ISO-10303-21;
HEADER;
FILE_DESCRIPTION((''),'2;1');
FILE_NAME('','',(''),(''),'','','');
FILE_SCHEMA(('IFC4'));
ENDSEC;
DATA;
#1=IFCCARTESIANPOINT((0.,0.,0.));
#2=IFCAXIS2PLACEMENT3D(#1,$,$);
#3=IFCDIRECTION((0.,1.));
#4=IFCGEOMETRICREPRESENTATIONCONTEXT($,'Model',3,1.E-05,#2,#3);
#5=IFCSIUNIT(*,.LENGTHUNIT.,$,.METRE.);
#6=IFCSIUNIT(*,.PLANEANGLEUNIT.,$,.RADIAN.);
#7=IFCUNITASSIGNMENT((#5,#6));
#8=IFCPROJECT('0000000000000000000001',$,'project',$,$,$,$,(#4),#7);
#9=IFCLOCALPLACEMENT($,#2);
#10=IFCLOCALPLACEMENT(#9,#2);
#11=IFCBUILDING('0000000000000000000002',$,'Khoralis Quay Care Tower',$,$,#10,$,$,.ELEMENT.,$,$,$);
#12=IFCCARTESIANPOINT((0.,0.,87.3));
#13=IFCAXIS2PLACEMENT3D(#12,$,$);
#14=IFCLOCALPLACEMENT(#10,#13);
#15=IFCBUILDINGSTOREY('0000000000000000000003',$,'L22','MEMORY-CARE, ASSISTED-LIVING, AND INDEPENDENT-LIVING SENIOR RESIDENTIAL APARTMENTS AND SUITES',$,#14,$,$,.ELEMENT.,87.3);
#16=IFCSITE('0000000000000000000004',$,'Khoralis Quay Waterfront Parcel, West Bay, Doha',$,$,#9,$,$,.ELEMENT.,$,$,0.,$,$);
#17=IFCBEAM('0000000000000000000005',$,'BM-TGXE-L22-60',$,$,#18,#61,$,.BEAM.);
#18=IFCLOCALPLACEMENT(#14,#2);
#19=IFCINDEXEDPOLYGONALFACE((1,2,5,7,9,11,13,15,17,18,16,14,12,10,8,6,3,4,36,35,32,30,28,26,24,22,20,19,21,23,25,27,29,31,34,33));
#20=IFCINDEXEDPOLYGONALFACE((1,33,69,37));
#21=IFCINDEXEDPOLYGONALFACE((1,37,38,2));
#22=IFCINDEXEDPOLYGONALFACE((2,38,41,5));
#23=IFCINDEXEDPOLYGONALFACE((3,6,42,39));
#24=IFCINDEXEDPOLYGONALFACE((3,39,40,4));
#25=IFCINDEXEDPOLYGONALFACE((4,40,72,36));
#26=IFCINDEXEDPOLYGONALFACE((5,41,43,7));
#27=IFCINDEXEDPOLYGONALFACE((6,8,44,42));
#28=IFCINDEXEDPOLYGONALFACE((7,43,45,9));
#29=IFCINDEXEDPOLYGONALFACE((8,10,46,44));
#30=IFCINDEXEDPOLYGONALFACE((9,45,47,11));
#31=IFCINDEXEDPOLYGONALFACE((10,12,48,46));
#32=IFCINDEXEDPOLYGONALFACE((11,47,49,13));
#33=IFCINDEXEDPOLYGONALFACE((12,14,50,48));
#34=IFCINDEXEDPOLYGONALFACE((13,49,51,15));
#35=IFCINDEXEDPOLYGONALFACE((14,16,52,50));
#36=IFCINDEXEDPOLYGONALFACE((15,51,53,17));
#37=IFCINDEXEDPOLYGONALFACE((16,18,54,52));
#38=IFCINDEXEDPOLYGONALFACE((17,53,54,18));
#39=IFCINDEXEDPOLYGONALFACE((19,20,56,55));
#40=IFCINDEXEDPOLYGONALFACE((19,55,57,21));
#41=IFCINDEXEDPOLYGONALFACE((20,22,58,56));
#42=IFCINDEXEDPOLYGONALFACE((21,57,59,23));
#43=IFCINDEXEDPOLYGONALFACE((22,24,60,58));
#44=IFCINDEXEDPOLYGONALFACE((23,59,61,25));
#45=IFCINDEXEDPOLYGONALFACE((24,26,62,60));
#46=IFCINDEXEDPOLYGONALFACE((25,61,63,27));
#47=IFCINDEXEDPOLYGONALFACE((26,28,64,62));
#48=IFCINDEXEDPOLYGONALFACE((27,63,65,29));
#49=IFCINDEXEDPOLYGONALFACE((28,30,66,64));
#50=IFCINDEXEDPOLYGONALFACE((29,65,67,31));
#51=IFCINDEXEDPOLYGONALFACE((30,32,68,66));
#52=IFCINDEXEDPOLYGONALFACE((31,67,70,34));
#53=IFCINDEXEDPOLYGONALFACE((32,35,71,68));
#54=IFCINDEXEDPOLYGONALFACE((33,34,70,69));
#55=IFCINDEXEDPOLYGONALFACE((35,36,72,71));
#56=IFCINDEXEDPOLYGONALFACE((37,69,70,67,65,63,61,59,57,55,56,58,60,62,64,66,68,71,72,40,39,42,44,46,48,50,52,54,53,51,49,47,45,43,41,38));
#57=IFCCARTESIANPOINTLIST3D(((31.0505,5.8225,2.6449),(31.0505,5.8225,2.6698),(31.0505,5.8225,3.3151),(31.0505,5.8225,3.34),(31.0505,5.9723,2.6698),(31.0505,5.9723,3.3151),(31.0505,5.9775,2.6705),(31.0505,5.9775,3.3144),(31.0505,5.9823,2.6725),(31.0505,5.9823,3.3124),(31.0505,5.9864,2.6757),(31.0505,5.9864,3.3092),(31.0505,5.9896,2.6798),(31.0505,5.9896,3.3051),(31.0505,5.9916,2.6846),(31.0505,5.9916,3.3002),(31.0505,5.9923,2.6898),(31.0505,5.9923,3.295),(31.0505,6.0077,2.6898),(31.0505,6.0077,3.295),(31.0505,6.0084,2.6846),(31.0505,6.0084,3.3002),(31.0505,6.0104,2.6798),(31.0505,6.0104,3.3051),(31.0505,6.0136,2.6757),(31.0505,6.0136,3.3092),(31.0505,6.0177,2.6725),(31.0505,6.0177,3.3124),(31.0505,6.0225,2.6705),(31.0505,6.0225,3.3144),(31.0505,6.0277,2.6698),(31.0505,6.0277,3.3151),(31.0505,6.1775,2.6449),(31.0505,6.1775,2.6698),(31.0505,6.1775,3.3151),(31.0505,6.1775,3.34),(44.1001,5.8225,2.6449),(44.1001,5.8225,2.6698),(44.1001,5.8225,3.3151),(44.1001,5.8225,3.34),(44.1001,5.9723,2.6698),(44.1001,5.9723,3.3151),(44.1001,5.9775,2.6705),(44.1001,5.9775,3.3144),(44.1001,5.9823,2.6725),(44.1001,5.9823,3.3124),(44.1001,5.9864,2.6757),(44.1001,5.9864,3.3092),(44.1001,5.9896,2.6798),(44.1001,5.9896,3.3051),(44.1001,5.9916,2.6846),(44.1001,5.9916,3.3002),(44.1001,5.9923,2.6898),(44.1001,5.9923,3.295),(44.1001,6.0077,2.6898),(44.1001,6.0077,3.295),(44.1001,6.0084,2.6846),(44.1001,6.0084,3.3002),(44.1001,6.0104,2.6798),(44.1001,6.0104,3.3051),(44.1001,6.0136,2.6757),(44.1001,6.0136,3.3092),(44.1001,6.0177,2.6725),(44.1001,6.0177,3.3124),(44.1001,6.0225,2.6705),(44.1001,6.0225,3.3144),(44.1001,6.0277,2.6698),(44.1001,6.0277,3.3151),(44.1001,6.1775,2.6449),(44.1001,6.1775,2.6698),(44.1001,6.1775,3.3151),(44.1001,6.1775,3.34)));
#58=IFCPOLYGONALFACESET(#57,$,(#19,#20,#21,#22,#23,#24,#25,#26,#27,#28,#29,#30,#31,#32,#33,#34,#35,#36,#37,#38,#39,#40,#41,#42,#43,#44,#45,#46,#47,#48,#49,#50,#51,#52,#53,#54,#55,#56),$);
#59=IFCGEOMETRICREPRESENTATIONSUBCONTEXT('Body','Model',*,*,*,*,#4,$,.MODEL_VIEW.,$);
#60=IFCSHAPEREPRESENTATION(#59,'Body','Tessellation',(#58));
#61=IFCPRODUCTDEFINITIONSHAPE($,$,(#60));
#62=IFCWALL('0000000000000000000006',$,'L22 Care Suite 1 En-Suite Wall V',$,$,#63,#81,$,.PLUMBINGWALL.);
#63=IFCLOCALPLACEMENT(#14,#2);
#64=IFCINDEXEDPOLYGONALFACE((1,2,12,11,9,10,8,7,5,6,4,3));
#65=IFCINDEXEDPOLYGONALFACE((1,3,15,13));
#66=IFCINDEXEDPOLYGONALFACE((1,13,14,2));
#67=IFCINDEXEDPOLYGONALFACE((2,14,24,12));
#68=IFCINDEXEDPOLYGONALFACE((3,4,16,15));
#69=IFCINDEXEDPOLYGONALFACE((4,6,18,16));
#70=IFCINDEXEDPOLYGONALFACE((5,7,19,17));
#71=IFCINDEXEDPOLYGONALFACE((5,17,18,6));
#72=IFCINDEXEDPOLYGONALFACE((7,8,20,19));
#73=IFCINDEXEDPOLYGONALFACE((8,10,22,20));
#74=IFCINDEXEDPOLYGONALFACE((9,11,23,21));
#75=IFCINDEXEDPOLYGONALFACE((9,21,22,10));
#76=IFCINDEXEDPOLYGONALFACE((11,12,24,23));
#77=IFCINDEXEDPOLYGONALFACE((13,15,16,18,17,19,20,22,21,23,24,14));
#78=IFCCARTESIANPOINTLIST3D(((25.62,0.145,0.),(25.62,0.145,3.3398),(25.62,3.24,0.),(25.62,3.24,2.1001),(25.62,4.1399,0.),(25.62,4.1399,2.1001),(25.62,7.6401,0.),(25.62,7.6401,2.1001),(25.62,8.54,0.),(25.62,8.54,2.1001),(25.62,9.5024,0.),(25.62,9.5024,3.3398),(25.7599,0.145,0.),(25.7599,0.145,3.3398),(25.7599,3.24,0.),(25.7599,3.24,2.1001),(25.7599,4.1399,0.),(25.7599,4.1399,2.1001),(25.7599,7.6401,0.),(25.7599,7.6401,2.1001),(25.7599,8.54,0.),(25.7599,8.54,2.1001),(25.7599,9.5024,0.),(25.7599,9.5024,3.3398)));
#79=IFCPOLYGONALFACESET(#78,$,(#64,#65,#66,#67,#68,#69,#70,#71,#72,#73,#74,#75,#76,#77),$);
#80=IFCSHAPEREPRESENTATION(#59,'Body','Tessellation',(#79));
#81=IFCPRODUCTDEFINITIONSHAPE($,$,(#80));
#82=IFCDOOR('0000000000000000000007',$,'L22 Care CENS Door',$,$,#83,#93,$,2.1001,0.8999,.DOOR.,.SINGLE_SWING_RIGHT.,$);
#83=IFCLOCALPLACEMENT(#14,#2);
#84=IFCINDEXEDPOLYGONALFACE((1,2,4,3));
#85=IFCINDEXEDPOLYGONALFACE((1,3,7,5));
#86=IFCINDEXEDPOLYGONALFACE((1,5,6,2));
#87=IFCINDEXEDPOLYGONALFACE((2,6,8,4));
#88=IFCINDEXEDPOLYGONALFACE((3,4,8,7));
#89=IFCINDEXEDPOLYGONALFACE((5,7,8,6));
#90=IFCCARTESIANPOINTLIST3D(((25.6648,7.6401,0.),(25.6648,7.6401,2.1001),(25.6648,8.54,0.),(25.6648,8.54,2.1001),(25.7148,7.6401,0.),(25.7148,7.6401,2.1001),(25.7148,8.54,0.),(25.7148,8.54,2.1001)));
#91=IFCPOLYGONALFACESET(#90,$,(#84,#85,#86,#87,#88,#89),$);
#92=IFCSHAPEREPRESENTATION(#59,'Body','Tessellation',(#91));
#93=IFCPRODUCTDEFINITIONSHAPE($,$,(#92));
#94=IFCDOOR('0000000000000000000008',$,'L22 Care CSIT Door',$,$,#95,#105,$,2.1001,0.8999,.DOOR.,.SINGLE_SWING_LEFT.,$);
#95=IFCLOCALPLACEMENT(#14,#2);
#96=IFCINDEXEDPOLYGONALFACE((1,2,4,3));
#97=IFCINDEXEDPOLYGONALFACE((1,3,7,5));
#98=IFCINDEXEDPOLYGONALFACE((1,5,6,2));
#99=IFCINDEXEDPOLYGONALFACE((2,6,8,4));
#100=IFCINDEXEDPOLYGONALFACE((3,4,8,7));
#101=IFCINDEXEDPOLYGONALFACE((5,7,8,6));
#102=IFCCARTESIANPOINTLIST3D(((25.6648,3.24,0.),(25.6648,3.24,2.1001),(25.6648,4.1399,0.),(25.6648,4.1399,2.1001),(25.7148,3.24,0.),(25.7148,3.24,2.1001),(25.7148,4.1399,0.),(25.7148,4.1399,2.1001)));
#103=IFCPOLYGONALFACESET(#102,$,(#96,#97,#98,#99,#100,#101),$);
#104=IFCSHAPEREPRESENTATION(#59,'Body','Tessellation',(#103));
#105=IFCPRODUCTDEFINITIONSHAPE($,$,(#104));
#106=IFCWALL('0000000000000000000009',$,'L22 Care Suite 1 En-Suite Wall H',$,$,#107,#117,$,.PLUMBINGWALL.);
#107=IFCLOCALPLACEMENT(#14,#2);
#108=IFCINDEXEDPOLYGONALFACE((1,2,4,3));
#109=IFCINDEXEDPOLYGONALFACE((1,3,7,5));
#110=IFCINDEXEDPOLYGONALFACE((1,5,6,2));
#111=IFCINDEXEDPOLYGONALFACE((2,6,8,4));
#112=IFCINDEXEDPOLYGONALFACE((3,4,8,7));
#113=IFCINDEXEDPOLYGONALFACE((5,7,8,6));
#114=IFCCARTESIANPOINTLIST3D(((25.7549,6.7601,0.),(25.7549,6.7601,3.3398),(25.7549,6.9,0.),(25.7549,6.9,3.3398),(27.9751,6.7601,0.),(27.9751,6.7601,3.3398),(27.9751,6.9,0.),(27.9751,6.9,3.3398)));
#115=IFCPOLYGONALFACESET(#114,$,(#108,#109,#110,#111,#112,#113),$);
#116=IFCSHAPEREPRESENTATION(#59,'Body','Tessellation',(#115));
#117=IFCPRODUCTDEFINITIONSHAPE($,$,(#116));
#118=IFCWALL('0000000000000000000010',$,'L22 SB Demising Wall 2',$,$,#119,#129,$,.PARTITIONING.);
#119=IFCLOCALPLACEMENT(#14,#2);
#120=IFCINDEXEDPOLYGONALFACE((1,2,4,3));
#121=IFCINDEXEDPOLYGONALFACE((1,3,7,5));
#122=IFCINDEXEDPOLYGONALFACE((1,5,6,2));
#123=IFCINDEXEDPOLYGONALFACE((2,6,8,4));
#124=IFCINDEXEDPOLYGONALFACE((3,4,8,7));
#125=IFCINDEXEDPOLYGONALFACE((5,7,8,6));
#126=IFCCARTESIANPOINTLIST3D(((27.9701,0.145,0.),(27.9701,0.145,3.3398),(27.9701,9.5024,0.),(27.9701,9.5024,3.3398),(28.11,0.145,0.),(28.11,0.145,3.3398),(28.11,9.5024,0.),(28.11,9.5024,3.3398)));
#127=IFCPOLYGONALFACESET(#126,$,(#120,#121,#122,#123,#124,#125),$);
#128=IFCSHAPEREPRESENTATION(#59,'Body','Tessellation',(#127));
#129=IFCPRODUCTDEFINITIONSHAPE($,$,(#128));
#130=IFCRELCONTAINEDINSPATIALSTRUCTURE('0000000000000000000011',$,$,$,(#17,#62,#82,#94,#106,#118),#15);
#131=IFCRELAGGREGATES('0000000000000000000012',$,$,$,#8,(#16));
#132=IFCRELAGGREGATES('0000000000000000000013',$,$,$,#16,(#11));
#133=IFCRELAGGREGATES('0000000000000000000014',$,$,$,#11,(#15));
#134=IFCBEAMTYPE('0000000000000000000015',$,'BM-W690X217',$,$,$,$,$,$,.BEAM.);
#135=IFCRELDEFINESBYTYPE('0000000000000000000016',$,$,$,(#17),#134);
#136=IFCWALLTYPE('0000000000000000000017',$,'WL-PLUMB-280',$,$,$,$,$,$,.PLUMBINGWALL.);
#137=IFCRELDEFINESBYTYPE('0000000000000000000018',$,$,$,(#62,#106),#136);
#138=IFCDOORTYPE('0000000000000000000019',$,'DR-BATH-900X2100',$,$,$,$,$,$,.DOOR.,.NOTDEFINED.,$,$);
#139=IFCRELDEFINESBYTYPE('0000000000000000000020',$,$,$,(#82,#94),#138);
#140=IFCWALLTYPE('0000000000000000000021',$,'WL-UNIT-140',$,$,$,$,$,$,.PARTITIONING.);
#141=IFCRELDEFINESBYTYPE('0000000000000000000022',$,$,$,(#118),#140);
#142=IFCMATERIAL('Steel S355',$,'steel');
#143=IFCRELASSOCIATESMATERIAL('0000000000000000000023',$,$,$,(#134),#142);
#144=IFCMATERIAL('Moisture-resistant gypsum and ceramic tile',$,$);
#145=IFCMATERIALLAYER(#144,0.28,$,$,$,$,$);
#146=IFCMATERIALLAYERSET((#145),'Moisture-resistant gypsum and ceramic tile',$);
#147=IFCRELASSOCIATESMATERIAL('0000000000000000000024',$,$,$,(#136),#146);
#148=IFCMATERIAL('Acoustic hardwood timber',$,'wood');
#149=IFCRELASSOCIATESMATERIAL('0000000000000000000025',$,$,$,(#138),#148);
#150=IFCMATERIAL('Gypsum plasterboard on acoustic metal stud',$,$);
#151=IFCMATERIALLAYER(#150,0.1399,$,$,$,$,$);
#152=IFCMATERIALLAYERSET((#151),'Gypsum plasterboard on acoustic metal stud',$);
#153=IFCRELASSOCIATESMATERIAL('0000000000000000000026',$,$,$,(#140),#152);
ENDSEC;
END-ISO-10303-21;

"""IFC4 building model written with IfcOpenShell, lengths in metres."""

from ifc_helpers import new_model, si_unit, direction, frame, frame_2d, origin, origin_2d, place, context, subcontext, project, spatial, rectangle, i_section, extrude, source, transform, mapped, material, layer, layer_set, material_profile, profile_set, type_object, element, fill, save


model = new_model("IFC4")

# Units and contexts
model_context = context("Model", 3, precision=1e-05, world=origin(), true_north=direction((0.0, 1.0)))
body_context = subcontext(model_context, "Body", "Model", "MODEL_VIEW")
ifc_project = project(units=[si_unit("LENGTHUNIT", "METRE"), si_unit("PLANEANGLEUNIT", "RADIAN")], contexts=[model_context])

# Site, building, storey
site_placement = place(None, origin())
site = spatial("IfcSite", under=ifc_project, at=site_placement, Name="Khoralis Quay Waterfront Parcel, West Bay, Doha", CompositionType="ELEMENT", RefElevation=0.0)
building_placement = place(site_placement, origin())
building = spatial("IfcBuilding", under=site, at=building_placement, Name="Khoralis Quay Care Tower", CompositionType="ELEMENT")
storey_placement = place(building_placement, frame((0.0, 0.0, 87.3)))
storey = spatial("IfcBuildingStorey", under=building, at=storey_placement, Name="L22", Description="MEMORY-CARE, ASSISTED-LIVING, AND INDEPENDENT-LIVING SENIOR RESIDENTIAL APARTMENTS AND SUITES", CompositionType="ELEMENT", Elevation=87.3)

# Beam
ifc_material_1 = material(Name="Steel S355", Category="steel")
ifc_material_profile_1 = material_profile(ifc_material_1, i_section(OverallWidth=0.355, OverallDepth=0.6951, WebThickness=0.0154, FlangeThickness=0.0249, FilletRadius=0.02, at=origin_2d()), Name="Steel S355")
ifc_profile_set_1 = profile_set([ifc_material_profile_1], Name="Steel S355")
beam_type_1 = type_object("IfcBeamType", Name="BM-W690X217", PredefinedType="BEAM", material=ifc_profile_set_1)
shared_shape_1 = source(origin(), body_context, "Body", "SweptSolid", [
    extrude(i_section(OverallWidth=0.355, OverallDepth=0.6951, WebThickness=0.0154, FlangeThickness=0.0249, FilletRadius=0.02, at=origin_2d()), origin(), (0.0, 0.0, 1.0), 13.0496),
])
beam_1_placement = place(storey_placement, frame((31.0505, 6.0, 2.9924), z_axis=(1.0, 0.0, 0.0), x_axis=(0.0, 1.0, 0.0)))
element("IfcBeam", 1, at=beam_1_placement, inside=storey, type_object=beam_type_1, Name="BM-TGXE-L22-60", PredefinedType="BEAM", context=body_context, shape_type="MappedRepresentation", body=[
    mapped(shared_shape_1, transform((0.0, 0.0, 0.0), scale=1.0)),
])

# Wall, openings, doors
ifc_material_2 = material(Name="Moisture-resistant gypsum and ceramic tile")
ifc_layer_1 = layer(ifc_material_2, 0.28)
ifc_layer_set_1 = layer_set([ifc_layer_1], Name="Moisture-resistant gypsum and ceramic tile")
wall_type_1 = type_object("IfcWallType", Name="WL-PLUMB-280", PredefinedType="PLUMBINGWALL", material=ifc_layer_set_1)
wall_1_placement = place(storey_placement, frame((25.6899, 0.145, 0.0), z_axis=(0.0, 0.0, 1.0), x_axis=(0.0, 1.0, 0.0)))
wall_1 = element("IfcWall", 2, at=wall_1_placement, inside=storey, type_object=wall_type_1, Name="L22 Care Suite 1 En-Suite Wall V", PredefinedType="PLUMBINGWALL", context=body_context, shape_type="SweptSolid", body=[
    extrude(rectangle(XDim=9.3574, YDim=0.1399, at=frame_2d((4.6787, 0.0))), origin(), (0.0, 0.0, 1.0), 3.3398),
])
opening_1_placement = place(wall_1_placement, frame((7.4951, 0.0, 0.0)))
opening_1 = element("IfcOpeningElement", 3, at=opening_1_placement, cuts=wall_1, PredefinedType="OPENING", context=body_context, shape_type="SweptSolid", body=[
    extrude(rectangle(XDim=0.8999, YDim=2.1001, at=frame_2d((0.45, 1.05))), frame((0.0, 0.0801, 0.0), z_axis=(0.0, -1.0, 0.0), x_axis=(1.0, 0.0, 0.0)), (0.0, 0.0, 1.0), 0.1599),
])
opening_2_placement = place(wall_1_placement, frame((3.095, 0.0, 0.0)))
opening_2 = element("IfcOpeningElement", 4, at=opening_2_placement, cuts=wall_1, PredefinedType="OPENING", context=body_context, shape_type="SweptSolid", body=[
    extrude(rectangle(XDim=0.8999, YDim=2.1001, at=frame_2d((0.45, 1.05))), frame((0.0, 0.0801, 0.0), z_axis=(0.0, -1.0, 0.0), x_axis=(1.0, 0.0, 0.0)), (0.0, 0.0, 1.0), 0.1599),
])
ifc_material_3 = material(Name="Acoustic hardwood timber", Category="wood")
door_type = type_object("IfcDoorType", Name="DR-BATH-900X2100", OperationType="NOTDEFINED", PredefinedType="DOOR", material=ifc_material_3)
shared_shape_2 = source(origin(), body_context, "Body", "SweptSolid", [
    extrude(rectangle(XDim=0.8999, YDim=2.1001, at=frame_2d((0.45, 1.05))), frame((0.0, 0.0249, 0.0), z_axis=(0.0, -1.0, 0.0), x_axis=(1.0, 0.0, 0.0)), (0.0, 0.0, 1.0), 0.05),
])
door_1_placement = place(opening_1_placement, frame((0.8999, 0.0, 0.0), z_axis=(0.0, 0.0, 1.0), x_axis=(-1.0, 0.0, 0.0)))
door_1 = element("IfcDoor", 5, at=door_1_placement, inside=storey, type_object=door_type, Name="L22 Care CENS Door", OperationType="SINGLE_SWING_RIGHT", OverallHeight=2.1001, OverallWidth=0.8999, PredefinedType="DOOR", context=body_context, shape_type="MappedRepresentation", body=[
    mapped(shared_shape_2, transform((0.0, 0.0, 0.0), scale=1.0)),
])
fill(opening_1, door_1)
door_2_placement = place(opening_2_placement, frame((0.8999, 0.0, 0.0), z_axis=(0.0, 0.0, 1.0), x_axis=(-1.0, 0.0, 0.0)))
door_2 = element("IfcDoor", 6, at=door_2_placement, inside=storey, type_object=door_type, Name="L22 Care CSIT Door", OperationType="SINGLE_SWING_LEFT", OverallHeight=2.1001, OverallWidth=0.8999, PredefinedType="DOOR", context=body_context, shape_type="MappedRepresentation", body=[
    mapped(shared_shape_2, transform((0.0, 0.0, 0.0), scale=1.0)),
])
fill(opening_2, door_2)

# Walls
wall_2_placement = place(storey_placement, frame((25.7549, 6.8301, 0.0), z_axis=(0.0, 0.0, 1.0), x_axis=(1.0, 0.0, 0.0)))
element("IfcWall", 7, at=wall_2_placement, inside=storey, type_object=wall_type_1, Name="L22 Care Suite 1 En-Suite Wall H", PredefinedType="PLUMBINGWALL", context=body_context, shape_type="SweptSolid", body=[
    extrude(rectangle(XDim=2.2202, YDim=0.1399, at=frame_2d((1.1101, 0.0))), origin(), (0.0, 0.0, 1.0), 3.3398),
])
ifc_material_4 = material(Name="Gypsum plasterboard on acoustic metal stud")
ifc_layer_2 = layer(ifc_material_4, 0.1399)
ifc_layer_set_2 = layer_set([ifc_layer_2], Name="Gypsum plasterboard on acoustic metal stud")
wall_type_2 = type_object("IfcWallType", Name="WL-UNIT-140", PredefinedType="PARTITIONING", material=ifc_layer_set_2)
wall_3_placement = place(storey_placement, frame((28.04, 0.145, 0.0), z_axis=(0.0, 0.0, 1.0), x_axis=(0.0, 1.0, 0.0)))
element("IfcWall", 8, at=wall_3_placement, inside=storey, type_object=wall_type_2, Name="L22 SB Demising Wall 2", PredefinedType="PARTITIONING", context=body_context, shape_type="SweptSolid", body=[
    extrude(rectangle(XDim=9.3574, YDim=0.1399, at=frame_2d((4.6787, 0.0))), origin(), (0.0, 0.0, 1.0), 3.3398),
])

save(model, "model.ifc")
